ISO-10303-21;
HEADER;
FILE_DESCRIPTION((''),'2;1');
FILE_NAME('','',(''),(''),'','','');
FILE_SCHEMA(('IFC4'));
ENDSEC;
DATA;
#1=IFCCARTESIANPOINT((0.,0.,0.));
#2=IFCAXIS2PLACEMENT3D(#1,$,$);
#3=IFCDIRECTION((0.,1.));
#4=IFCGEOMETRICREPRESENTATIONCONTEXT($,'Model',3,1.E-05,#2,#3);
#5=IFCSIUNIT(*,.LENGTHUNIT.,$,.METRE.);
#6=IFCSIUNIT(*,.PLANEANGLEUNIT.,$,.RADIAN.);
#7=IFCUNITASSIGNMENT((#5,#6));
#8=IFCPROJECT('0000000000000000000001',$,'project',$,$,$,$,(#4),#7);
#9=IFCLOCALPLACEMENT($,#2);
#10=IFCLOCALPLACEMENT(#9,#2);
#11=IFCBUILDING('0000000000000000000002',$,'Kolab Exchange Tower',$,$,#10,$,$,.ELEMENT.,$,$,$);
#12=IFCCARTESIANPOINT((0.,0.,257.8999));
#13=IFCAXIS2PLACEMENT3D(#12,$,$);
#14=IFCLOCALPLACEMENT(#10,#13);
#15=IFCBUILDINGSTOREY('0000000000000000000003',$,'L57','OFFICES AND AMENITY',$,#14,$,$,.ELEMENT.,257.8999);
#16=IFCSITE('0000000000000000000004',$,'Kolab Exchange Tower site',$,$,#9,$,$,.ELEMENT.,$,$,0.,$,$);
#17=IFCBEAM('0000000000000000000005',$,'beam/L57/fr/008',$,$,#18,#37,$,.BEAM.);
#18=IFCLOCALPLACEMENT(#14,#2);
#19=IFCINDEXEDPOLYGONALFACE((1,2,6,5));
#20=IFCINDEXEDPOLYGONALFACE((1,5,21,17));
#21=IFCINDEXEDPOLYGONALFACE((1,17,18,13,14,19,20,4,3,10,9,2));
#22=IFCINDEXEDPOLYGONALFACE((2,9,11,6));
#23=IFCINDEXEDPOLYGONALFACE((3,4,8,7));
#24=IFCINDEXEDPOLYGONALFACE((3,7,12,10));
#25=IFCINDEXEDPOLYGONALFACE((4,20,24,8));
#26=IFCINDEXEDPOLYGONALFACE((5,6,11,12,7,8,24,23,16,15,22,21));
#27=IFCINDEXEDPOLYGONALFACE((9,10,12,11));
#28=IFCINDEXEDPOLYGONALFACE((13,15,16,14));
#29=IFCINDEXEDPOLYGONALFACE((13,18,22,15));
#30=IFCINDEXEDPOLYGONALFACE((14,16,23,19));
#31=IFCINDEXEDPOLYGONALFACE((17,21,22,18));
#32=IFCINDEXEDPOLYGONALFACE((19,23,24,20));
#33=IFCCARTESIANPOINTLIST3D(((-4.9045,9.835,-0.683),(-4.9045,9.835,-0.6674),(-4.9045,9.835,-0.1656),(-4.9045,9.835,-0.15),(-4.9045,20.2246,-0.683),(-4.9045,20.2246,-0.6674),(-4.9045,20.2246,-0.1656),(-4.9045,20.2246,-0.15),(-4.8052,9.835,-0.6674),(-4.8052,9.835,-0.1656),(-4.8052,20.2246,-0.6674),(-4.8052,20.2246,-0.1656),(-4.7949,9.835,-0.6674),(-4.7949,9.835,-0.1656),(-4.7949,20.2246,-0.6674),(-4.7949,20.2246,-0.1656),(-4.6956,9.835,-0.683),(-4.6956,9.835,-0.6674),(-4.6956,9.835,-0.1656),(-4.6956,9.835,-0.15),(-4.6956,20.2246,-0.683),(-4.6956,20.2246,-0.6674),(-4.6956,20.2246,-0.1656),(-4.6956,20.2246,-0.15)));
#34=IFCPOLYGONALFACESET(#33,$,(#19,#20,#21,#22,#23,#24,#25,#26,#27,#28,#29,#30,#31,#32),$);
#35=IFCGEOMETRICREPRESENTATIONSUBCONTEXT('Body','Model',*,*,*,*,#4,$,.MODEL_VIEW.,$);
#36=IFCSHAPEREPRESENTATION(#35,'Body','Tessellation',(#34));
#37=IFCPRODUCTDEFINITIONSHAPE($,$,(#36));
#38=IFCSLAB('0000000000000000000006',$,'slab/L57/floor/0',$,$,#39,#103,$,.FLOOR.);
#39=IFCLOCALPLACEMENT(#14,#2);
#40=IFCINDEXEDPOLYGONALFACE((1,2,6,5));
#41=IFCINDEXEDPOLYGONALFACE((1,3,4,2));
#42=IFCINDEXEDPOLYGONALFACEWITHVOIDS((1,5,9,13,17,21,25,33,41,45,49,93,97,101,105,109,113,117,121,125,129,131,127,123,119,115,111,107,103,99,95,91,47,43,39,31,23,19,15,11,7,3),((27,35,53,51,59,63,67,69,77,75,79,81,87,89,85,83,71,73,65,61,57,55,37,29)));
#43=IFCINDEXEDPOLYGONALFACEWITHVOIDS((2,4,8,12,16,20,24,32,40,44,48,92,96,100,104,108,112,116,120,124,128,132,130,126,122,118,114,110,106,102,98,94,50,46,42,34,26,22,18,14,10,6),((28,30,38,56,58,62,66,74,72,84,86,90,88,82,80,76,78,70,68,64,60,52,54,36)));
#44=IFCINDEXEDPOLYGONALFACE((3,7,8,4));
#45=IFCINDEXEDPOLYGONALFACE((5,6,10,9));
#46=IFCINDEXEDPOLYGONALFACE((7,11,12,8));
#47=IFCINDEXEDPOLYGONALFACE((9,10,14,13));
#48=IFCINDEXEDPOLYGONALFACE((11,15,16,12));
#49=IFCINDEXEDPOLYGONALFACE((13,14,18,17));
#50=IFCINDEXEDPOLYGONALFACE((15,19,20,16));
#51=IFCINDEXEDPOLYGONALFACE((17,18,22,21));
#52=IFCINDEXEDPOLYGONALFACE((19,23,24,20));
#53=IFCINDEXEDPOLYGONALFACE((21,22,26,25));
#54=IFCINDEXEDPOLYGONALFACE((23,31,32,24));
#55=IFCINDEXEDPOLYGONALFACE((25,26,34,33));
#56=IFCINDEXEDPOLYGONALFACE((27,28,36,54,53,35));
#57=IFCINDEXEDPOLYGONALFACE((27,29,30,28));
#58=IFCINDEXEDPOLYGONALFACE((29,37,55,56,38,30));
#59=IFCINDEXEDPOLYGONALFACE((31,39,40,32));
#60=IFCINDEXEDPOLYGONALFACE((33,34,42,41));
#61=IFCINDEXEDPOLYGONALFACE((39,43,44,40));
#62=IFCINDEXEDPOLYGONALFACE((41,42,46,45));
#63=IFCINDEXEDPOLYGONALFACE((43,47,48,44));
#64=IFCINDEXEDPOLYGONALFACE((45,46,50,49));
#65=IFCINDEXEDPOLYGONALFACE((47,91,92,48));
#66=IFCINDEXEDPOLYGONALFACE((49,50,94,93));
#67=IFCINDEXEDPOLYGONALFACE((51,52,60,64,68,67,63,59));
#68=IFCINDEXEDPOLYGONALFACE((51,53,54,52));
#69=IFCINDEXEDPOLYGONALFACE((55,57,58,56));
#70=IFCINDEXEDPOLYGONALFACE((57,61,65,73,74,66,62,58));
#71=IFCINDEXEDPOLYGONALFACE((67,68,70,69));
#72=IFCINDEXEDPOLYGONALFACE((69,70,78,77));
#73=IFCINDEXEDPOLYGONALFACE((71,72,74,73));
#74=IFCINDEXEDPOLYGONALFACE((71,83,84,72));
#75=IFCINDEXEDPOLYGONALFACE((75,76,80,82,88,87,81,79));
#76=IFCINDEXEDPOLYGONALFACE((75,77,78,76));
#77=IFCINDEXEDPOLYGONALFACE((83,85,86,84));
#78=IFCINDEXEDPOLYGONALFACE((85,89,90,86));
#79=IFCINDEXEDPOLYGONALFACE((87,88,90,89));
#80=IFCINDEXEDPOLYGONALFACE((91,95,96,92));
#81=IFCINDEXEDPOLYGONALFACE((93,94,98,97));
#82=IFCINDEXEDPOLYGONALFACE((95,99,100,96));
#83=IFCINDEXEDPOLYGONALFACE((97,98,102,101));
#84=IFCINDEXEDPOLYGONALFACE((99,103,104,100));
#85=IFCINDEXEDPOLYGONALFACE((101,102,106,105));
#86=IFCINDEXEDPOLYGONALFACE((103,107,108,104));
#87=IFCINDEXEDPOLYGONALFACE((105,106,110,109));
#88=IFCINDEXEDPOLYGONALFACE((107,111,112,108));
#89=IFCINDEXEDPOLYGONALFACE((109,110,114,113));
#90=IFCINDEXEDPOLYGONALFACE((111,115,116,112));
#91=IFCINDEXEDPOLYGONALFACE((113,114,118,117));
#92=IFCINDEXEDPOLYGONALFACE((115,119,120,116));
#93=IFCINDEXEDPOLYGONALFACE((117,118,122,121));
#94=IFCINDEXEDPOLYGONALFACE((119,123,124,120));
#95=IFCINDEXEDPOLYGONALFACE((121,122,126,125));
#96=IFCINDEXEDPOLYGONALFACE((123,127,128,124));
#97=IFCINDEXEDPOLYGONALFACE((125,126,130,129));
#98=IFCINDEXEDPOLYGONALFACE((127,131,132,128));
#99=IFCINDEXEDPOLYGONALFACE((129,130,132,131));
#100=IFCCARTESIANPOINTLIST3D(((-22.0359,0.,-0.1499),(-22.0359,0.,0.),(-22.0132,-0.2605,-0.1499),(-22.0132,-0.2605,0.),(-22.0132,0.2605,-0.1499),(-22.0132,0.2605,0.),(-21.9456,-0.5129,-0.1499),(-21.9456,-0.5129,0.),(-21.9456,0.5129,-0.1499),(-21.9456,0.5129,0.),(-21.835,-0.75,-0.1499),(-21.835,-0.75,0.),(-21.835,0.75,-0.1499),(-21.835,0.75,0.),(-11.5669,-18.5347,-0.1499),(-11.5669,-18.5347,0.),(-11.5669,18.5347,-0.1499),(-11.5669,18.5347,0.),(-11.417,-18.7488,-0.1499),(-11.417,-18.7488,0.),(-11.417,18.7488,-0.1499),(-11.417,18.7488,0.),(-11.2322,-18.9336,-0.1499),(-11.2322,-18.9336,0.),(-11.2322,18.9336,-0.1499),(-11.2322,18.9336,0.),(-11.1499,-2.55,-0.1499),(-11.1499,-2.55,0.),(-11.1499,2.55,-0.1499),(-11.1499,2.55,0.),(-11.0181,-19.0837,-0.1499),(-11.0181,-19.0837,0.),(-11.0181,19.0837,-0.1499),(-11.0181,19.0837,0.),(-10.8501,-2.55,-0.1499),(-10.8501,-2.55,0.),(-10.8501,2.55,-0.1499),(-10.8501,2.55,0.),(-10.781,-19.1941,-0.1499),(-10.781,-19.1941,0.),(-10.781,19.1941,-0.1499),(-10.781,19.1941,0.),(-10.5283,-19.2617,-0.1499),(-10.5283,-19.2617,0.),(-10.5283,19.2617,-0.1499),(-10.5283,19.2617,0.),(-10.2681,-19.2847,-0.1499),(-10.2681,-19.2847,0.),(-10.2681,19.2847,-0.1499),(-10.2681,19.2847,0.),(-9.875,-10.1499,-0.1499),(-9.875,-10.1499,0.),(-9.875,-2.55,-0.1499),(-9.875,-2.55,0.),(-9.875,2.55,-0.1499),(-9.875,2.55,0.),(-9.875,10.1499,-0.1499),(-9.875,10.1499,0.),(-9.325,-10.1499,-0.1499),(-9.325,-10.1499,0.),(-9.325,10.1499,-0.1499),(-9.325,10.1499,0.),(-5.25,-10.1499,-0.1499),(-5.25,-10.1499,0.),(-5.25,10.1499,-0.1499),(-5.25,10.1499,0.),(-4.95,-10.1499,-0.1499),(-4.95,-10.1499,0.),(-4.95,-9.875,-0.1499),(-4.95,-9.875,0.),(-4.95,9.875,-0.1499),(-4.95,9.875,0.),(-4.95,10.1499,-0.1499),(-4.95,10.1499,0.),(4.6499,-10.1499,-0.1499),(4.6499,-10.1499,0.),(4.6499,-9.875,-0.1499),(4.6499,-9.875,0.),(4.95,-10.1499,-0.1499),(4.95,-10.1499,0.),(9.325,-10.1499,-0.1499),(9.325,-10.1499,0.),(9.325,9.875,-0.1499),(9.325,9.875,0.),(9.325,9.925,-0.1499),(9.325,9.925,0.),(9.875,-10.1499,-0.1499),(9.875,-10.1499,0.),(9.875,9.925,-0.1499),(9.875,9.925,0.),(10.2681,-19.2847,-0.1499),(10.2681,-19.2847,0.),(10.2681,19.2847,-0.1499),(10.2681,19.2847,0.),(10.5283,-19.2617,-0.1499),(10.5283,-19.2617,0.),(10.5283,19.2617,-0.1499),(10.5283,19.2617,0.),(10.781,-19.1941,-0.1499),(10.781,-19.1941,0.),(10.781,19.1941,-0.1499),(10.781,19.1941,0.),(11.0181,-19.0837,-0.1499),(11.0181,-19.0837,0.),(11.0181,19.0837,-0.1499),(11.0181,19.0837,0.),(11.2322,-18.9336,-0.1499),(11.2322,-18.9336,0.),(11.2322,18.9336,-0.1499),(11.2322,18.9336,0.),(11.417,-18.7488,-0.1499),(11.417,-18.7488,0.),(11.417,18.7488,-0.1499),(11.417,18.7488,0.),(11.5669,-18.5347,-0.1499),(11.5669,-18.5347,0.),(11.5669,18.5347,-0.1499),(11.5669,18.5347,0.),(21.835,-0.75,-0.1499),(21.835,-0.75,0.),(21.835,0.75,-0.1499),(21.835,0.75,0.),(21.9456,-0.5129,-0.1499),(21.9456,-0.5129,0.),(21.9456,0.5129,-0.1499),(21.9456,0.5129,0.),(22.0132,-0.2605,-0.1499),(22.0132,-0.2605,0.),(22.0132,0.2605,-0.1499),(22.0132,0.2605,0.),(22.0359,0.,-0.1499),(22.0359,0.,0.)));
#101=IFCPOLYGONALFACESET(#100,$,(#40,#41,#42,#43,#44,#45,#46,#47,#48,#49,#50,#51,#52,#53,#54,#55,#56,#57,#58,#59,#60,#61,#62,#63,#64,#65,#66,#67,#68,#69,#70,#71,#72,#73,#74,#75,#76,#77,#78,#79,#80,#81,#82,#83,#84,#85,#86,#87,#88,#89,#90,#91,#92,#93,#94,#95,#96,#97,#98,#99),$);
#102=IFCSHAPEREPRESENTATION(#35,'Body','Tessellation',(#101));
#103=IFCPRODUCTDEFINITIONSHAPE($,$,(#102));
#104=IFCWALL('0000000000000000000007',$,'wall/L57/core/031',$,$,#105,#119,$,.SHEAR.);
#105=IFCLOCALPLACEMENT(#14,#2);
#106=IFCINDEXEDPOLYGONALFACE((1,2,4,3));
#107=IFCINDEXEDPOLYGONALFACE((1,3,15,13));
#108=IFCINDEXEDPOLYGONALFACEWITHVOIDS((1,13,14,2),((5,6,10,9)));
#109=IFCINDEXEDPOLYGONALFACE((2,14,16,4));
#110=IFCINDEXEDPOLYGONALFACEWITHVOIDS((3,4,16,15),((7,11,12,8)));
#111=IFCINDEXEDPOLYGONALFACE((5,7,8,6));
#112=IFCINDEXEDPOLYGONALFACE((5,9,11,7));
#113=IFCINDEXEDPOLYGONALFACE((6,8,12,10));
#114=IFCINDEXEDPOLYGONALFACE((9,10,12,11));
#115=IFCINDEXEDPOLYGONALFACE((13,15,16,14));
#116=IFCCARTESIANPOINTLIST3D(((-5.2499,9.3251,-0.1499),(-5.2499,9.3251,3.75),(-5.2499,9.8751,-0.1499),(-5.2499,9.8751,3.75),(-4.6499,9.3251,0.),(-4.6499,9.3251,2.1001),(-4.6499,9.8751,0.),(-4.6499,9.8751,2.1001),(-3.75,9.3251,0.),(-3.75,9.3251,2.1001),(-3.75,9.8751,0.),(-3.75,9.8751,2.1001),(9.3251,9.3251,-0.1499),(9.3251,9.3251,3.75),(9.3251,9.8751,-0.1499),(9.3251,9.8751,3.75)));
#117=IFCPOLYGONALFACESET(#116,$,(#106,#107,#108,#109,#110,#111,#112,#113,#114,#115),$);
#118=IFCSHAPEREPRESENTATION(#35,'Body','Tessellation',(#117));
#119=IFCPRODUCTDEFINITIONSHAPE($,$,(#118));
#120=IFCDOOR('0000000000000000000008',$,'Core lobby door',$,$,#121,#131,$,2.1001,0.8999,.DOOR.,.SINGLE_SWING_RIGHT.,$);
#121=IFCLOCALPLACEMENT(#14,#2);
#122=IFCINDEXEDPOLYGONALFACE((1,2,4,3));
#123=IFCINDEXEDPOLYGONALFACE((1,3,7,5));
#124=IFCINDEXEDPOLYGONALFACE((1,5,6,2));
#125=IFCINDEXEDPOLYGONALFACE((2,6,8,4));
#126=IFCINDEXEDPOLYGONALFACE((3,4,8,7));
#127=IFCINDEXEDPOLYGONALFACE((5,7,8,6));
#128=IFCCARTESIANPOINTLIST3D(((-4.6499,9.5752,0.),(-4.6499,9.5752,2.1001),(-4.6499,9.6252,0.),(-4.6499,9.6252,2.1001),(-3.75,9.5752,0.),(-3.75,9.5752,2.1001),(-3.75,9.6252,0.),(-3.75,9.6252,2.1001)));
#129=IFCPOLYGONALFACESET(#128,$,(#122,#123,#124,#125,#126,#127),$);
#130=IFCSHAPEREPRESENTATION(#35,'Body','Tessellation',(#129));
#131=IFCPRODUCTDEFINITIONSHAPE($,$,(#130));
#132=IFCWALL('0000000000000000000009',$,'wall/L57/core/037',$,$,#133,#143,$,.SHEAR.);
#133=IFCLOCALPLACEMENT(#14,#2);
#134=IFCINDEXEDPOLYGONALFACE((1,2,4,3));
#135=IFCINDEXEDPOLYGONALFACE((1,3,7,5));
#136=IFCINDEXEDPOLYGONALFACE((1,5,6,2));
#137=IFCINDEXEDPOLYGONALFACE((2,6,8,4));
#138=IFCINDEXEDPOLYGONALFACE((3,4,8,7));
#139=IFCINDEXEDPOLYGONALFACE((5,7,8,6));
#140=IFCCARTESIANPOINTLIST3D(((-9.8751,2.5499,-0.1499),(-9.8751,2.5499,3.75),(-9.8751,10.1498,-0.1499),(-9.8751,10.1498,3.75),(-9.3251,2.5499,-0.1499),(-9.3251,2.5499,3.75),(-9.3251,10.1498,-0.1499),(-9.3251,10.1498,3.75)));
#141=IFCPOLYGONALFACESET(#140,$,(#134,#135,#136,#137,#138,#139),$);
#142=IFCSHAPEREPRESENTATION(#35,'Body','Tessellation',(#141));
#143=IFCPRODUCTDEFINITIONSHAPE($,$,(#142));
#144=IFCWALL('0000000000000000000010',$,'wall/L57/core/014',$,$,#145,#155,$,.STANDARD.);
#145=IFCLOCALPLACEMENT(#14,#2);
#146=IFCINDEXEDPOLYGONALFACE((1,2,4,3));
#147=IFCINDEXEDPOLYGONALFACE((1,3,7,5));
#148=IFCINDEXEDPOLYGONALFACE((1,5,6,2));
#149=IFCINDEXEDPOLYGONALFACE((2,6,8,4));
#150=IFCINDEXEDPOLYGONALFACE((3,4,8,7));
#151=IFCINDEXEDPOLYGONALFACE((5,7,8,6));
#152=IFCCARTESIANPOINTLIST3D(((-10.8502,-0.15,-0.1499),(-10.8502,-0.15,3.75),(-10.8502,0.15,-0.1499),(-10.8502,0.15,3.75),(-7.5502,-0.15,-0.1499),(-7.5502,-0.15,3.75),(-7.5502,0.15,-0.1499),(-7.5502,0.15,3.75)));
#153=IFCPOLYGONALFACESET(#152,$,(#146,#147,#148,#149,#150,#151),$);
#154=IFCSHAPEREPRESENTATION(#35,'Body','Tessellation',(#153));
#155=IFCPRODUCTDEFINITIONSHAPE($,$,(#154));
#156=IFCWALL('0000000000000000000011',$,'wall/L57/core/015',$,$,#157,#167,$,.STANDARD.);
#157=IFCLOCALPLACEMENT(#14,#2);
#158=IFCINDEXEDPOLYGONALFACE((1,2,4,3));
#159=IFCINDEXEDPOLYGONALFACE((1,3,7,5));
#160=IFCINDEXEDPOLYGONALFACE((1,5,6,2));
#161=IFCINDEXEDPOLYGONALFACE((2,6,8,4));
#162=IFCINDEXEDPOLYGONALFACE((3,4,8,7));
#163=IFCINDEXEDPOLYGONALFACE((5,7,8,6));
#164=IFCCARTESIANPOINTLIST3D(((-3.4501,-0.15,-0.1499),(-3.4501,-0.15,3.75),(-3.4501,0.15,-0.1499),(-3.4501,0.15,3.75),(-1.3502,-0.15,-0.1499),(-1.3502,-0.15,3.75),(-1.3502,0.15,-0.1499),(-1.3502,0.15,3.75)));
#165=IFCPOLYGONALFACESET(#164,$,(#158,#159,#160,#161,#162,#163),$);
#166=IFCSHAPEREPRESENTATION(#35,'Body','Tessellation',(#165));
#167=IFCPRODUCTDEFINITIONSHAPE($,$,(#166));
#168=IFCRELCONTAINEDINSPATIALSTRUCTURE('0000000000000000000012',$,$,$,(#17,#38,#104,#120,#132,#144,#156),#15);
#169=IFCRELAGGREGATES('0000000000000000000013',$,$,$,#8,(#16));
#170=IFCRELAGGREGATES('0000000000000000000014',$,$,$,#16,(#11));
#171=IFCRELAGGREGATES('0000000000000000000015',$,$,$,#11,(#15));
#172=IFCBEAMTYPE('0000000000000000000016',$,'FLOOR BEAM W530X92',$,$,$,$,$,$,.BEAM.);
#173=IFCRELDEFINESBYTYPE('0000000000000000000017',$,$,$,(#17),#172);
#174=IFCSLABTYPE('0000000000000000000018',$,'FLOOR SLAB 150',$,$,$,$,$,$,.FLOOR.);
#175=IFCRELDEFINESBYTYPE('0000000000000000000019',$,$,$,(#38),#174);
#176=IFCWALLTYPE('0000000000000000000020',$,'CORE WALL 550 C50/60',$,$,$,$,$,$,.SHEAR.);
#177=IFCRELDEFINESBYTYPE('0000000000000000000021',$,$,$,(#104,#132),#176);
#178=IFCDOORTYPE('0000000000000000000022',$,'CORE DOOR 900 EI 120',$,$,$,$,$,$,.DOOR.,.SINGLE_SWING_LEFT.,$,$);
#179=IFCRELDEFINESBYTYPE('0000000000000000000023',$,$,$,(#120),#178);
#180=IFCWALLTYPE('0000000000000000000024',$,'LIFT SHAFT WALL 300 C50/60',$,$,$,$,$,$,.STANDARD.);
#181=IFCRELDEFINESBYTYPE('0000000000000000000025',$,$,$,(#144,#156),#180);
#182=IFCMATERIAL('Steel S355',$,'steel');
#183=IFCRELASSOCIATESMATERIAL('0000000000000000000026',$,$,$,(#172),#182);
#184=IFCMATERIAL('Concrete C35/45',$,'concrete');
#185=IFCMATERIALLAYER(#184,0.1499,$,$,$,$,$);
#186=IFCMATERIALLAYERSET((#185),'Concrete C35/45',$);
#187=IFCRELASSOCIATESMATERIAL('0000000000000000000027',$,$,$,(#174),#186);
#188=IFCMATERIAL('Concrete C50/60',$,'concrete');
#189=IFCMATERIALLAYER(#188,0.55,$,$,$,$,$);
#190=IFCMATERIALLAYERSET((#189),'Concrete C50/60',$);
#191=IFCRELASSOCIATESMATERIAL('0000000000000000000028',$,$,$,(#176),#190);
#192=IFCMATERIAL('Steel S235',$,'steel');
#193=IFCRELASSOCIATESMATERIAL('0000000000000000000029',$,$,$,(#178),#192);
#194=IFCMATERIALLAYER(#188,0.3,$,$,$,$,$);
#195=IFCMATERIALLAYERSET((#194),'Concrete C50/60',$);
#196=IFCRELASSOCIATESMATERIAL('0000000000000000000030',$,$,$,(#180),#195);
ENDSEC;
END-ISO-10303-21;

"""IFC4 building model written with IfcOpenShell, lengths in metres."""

from ifc_helpers import new_model, si_unit, direction, frame, frame_2d, origin, origin_2d, place, context, subcontext, project, spatial, polyline, rectangle, i_section, outline, extrude, material, layer, layer_set, material_profile, profile_set, type_object, element, fill, save


model = new_model("IFC4")

# Units and contexts
model_context = context("Model", 3, precision=1e-05, world=origin(), true_north=direction((0.0, 1.0)))
body_context = subcontext(model_context, "Body", "Model", "MODEL_VIEW")
ifc_project = project(units=[si_unit("LENGTHUNIT", "METRE"), si_unit("PLANEANGLEUNIT", "RADIAN")], contexts=[model_context])

# Site, building, storey
site_placement = place(None, origin())
site = spatial("IfcSite", under=ifc_project, at=site_placement, Name="Kolab Exchange Tower site", CompositionType="ELEMENT", RefElevation=0.0)
building_placement = place(site_placement, origin())
building = spatial("IfcBuilding", under=site, at=building_placement, Name="Kolab Exchange Tower", CompositionType="ELEMENT")
storey_placement = place(building_placement, frame((0.0, 0.0, 257.8999)))
storey = spatial("IfcBuildingStorey", under=building, at=storey_placement, Name="L57", Description="OFFICES AND AMENITY", CompositionType="ELEMENT", Elevation=257.8999)

# Beam
ifc_material_1 = material(Name="Steel S355", Category="steel")
ifc_material_profile = material_profile(ifc_material_1, i_section(OverallWidth=0.209, OverallDepth=0.533, WebThickness=0.0103, FlangeThickness=0.0156, at=origin_2d()), Name="W530X92")
ifc_profile_set = profile_set([ifc_material_profile], Name="Steel S355")
beam_type = type_object("IfcBeamType", Name="FLOOR BEAM W530X92", PredefinedType="BEAM", material=ifc_profile_set)
beam_placement = place(storey_placement, frame((-4.8, 9.835, -0.4165), z_axis=(0.0, 1.0, 0.0), x_axis=(-1.0, 0.0, 0.0)))
element("IfcBeam", 1, at=beam_placement, inside=storey, type_object=beam_type, Name="beam/L57/fr/008", PredefinedType="BEAM", context=body_context, shape_type="SweptSolid", body=[
    extrude(i_section(OverallWidth=0.209, OverallDepth=0.533, WebThickness=0.0103, FlangeThickness=0.0156, at=origin_2d()), origin(), (0.0, 0.0, 1.0), 10.3896),
])

# Slab
ifc_material_2 = material(Name="Concrete C35/45", Category="concrete")
ifc_layer_1 = layer(ifc_material_2, 0.1499)
ifc_layer_set_1 = layer_set([ifc_layer_1], Name="Concrete C35/45")
slab_type = type_object("IfcSlabType", Name="FLOOR SLAB 150", PredefinedType="FLOOR", material=ifc_layer_set_1)
slab_placement = place(storey_placement, frame((0.0, 0.0, -0.1499)))
element("IfcSlab", 2, at=slab_placement, inside=storey, type_object=slab_type, Name="slab/L57/floor/0", PredefinedType="FLOOR", context=body_context, shape_type="SweptSolid", body=[
    extrude(outline(polyline([(11.5669, -18.5347), (21.835, -0.75), (21.9456, -0.5129), (22.0132, -0.2605), (22.0359, 0.0), (22.0132, 0.2605), (21.9456, 0.5129), (21.835, 0.75), (11.5669, 18.5347), (11.417, 18.7488), (11.2322, 18.9336), (11.0181, 19.0837), (10.781, 19.1941), (10.5283, 19.2617), (10.2681, 19.2847), (-10.2681, 19.2847), (-10.5283, 19.2617), (-10.781, 19.1941), (-11.0181, 19.0837), (-11.2322, 18.9336), (-11.417, 18.7488), (-11.5669, 18.5347), (-21.835, 0.75), (-21.9456, 0.5129), (-22.0132, 0.2605), (-22.0359, 0.0), (-22.0132, -0.2605), (-21.9456, -0.5129), (-21.835, -0.75), (-11.5669, -18.5347), (-11.417, -18.7488), (-11.2322, -18.9336), (-11.0181, -19.0837), (-10.781, -19.1941), (-10.5283, -19.2617), (-10.2681, -19.2847), (10.2681, -19.2847), (10.5283, -19.2617), (10.781, -19.1941), (11.0181, -19.0837), (11.2322, -18.9336), (11.417, -18.7488), (11.5669, -18.5347)]), holes=[polyline([(-9.325, -10.1499), (-9.875, -10.1499), (-9.875, -2.55), (-10.8501, -2.55), (-11.1499, -2.55), (-11.1499, 2.55), (-10.8501, 2.55), (-9.875, 2.55), (-9.875, 10.1499), (-9.325, 10.1499), (-5.25, 10.1499), (-4.95, 10.1499), (-4.95, 9.875), (9.325, 9.875), (9.325, 9.925), (9.875, 9.925), (9.875, -10.1499), (9.325, -10.1499), (4.95, -10.1499), (4.6499, -10.1499), (4.6499, -9.875), (-4.95, -9.875), (-4.95, -10.1499), (-5.25, -10.1499), (-9.325, -10.1499)])]), origin(), (0.0, 0.0, 1.0), 0.1499),
])

# Wall, opening, door
ifc_material_3 = material(Name="Concrete C50/60", Category="concrete")
ifc_layer_2 = layer(ifc_material_3, 0.55)
ifc_layer_set_2 = layer_set([ifc_layer_2], Name="Concrete C50/60")
wall_type_1 = type_object("IfcWallType", Name="CORE WALL 550 C50/60", PredefinedType="SHEAR", material=ifc_layer_set_2)
wall_1_placement = place(storey_placement, frame((-5.25, 9.6001, -0.1499), z_axis=(0.0, 0.0, 1.0), x_axis=(1.0, 0.0, 0.0)))
wall_1 = element("IfcWall", 3, at=wall_1_placement, inside=storey, type_object=wall_type_1, Name="wall/L57/core/031", PredefinedType="SHEAR", context=body_context, shape_type="SweptSolid", body=[
    extrude(rectangle(XDim=14.575, YDim=0.55, at=frame_2d((7.2876, 0.0))), origin(), (0.0, 0.0, 1.0), 3.8999),
])
opening_1_placement = place(wall_1_placement, frame((0.6001, 0.0, 0.1499)))
opening_1 = element("IfcOpeningElement", 4, at=opening_1_placement, cuts=wall_1, PredefinedType="OPENING", context=body_context, shape_type="SweptSolid", body=[
    extrude(rectangle(XDim=0.8999, YDim=2.1001, at=frame_2d((0.45, 1.05))), frame((0.0, 0.2852, 0.0), z_axis=(0.0, -1.0, 0.0), x_axis=(1.0, 0.0, 0.0)), (0.0, 0.0, 1.0), 0.5701),
])
ifc_material_4 = material(Name="Steel S235", Category="steel")
door_type_1 = type_object("IfcDoorType", Name="CORE DOOR 900 EI 120", OperationType="SINGLE_SWING_LEFT", PredefinedType="DOOR", material=ifc_material_4)
door_1_placement = place(opening_1_placement, frame((0.8999, 0.0, 0.0), z_axis=(0.0, 0.0, 1.0), x_axis=(-1.0, 0.0, 0.0)))
door_1 = element("IfcDoor", 5, at=door_1_placement, inside=storey, type_object=door_type_1, Name="Core lobby door", OperationType="SINGLE_SWING_RIGHT", OverallHeight=2.1001, OverallWidth=0.8999, PredefinedType="DOOR", context=body_context, shape_type="SweptSolid", body=[
    extrude(rectangle(XDim=0.8999, YDim=2.1001, at=frame_2d((0.45, 1.05))), frame((0.0, 0.0249, 0.0), z_axis=(0.0, -1.0, 0.0), x_axis=(1.0, 0.0, 0.0)), (0.0, 0.0, 1.0), 0.05),
])
fill(opening_1, door_1)

# Walls
wall_2_placement = place(storey_placement, frame((-9.6001, 2.55, -0.1499), z_axis=(0.0, 0.0, 1.0), x_axis=(0.0, 1.0, 0.0)))
element("IfcWall", 6, at=wall_2_placement, inside=storey, type_object=wall_type_1, Name="wall/L57/core/037", PredefinedType="SHEAR", context=body_context, shape_type="SweptSolid", body=[
    extrude(rectangle(XDim=7.5999, YDim=0.55, at=frame_2d((3.7998, 0.0))), origin(), (0.0, 0.0, 1.0), 3.8999),
])
ifc_layer_3 = layer(ifc_material_3, 0.3)
ifc_layer_set_3 = layer_set([ifc_layer_3], Name="Concrete C50/60")
wall_type_2 = type_object("IfcWallType", Name="LIFT SHAFT WALL 300 C50/60", PredefinedType="STANDARD", material=ifc_layer_set_3)
wall_3_placement = place(storey_placement, frame((-10.8501, 0.0, -0.1499), z_axis=(0.0, 0.0, 1.0), x_axis=(1.0, 0.0, 0.0)))
element("IfcWall", 7, at=wall_3_placement, inside=storey, type_object=wall_type_2, Name="wall/L57/core/014", PredefinedType="STANDARD", context=body_context, shape_type="SweptSolid", body=[
    extrude(rectangle(XDim=3.3, YDim=0.3, at=frame_2d((1.6499, 0.0))), origin(), (0.0, 0.0, 1.0), 3.8999),
])
wall_4_placement = place(storey_placement, frame((-3.45, 0.0, -0.1499), z_axis=(0.0, 0.0, 1.0), x_axis=(1.0, 0.0, 0.0)))
element("IfcWall", 8, at=wall_4_placement, inside=storey, type_object=wall_type_2, Name="wall/L57/core/015", PredefinedType="STANDARD", context=body_context, shape_type="SweptSolid", body=[
    extrude(rectangle(XDim=2.0999, YDim=0.3, at=frame_2d((1.0498, 0.0))), origin(), (0.0, 0.0, 1.0), 3.8999),
])

save(model, "model.ifc")
